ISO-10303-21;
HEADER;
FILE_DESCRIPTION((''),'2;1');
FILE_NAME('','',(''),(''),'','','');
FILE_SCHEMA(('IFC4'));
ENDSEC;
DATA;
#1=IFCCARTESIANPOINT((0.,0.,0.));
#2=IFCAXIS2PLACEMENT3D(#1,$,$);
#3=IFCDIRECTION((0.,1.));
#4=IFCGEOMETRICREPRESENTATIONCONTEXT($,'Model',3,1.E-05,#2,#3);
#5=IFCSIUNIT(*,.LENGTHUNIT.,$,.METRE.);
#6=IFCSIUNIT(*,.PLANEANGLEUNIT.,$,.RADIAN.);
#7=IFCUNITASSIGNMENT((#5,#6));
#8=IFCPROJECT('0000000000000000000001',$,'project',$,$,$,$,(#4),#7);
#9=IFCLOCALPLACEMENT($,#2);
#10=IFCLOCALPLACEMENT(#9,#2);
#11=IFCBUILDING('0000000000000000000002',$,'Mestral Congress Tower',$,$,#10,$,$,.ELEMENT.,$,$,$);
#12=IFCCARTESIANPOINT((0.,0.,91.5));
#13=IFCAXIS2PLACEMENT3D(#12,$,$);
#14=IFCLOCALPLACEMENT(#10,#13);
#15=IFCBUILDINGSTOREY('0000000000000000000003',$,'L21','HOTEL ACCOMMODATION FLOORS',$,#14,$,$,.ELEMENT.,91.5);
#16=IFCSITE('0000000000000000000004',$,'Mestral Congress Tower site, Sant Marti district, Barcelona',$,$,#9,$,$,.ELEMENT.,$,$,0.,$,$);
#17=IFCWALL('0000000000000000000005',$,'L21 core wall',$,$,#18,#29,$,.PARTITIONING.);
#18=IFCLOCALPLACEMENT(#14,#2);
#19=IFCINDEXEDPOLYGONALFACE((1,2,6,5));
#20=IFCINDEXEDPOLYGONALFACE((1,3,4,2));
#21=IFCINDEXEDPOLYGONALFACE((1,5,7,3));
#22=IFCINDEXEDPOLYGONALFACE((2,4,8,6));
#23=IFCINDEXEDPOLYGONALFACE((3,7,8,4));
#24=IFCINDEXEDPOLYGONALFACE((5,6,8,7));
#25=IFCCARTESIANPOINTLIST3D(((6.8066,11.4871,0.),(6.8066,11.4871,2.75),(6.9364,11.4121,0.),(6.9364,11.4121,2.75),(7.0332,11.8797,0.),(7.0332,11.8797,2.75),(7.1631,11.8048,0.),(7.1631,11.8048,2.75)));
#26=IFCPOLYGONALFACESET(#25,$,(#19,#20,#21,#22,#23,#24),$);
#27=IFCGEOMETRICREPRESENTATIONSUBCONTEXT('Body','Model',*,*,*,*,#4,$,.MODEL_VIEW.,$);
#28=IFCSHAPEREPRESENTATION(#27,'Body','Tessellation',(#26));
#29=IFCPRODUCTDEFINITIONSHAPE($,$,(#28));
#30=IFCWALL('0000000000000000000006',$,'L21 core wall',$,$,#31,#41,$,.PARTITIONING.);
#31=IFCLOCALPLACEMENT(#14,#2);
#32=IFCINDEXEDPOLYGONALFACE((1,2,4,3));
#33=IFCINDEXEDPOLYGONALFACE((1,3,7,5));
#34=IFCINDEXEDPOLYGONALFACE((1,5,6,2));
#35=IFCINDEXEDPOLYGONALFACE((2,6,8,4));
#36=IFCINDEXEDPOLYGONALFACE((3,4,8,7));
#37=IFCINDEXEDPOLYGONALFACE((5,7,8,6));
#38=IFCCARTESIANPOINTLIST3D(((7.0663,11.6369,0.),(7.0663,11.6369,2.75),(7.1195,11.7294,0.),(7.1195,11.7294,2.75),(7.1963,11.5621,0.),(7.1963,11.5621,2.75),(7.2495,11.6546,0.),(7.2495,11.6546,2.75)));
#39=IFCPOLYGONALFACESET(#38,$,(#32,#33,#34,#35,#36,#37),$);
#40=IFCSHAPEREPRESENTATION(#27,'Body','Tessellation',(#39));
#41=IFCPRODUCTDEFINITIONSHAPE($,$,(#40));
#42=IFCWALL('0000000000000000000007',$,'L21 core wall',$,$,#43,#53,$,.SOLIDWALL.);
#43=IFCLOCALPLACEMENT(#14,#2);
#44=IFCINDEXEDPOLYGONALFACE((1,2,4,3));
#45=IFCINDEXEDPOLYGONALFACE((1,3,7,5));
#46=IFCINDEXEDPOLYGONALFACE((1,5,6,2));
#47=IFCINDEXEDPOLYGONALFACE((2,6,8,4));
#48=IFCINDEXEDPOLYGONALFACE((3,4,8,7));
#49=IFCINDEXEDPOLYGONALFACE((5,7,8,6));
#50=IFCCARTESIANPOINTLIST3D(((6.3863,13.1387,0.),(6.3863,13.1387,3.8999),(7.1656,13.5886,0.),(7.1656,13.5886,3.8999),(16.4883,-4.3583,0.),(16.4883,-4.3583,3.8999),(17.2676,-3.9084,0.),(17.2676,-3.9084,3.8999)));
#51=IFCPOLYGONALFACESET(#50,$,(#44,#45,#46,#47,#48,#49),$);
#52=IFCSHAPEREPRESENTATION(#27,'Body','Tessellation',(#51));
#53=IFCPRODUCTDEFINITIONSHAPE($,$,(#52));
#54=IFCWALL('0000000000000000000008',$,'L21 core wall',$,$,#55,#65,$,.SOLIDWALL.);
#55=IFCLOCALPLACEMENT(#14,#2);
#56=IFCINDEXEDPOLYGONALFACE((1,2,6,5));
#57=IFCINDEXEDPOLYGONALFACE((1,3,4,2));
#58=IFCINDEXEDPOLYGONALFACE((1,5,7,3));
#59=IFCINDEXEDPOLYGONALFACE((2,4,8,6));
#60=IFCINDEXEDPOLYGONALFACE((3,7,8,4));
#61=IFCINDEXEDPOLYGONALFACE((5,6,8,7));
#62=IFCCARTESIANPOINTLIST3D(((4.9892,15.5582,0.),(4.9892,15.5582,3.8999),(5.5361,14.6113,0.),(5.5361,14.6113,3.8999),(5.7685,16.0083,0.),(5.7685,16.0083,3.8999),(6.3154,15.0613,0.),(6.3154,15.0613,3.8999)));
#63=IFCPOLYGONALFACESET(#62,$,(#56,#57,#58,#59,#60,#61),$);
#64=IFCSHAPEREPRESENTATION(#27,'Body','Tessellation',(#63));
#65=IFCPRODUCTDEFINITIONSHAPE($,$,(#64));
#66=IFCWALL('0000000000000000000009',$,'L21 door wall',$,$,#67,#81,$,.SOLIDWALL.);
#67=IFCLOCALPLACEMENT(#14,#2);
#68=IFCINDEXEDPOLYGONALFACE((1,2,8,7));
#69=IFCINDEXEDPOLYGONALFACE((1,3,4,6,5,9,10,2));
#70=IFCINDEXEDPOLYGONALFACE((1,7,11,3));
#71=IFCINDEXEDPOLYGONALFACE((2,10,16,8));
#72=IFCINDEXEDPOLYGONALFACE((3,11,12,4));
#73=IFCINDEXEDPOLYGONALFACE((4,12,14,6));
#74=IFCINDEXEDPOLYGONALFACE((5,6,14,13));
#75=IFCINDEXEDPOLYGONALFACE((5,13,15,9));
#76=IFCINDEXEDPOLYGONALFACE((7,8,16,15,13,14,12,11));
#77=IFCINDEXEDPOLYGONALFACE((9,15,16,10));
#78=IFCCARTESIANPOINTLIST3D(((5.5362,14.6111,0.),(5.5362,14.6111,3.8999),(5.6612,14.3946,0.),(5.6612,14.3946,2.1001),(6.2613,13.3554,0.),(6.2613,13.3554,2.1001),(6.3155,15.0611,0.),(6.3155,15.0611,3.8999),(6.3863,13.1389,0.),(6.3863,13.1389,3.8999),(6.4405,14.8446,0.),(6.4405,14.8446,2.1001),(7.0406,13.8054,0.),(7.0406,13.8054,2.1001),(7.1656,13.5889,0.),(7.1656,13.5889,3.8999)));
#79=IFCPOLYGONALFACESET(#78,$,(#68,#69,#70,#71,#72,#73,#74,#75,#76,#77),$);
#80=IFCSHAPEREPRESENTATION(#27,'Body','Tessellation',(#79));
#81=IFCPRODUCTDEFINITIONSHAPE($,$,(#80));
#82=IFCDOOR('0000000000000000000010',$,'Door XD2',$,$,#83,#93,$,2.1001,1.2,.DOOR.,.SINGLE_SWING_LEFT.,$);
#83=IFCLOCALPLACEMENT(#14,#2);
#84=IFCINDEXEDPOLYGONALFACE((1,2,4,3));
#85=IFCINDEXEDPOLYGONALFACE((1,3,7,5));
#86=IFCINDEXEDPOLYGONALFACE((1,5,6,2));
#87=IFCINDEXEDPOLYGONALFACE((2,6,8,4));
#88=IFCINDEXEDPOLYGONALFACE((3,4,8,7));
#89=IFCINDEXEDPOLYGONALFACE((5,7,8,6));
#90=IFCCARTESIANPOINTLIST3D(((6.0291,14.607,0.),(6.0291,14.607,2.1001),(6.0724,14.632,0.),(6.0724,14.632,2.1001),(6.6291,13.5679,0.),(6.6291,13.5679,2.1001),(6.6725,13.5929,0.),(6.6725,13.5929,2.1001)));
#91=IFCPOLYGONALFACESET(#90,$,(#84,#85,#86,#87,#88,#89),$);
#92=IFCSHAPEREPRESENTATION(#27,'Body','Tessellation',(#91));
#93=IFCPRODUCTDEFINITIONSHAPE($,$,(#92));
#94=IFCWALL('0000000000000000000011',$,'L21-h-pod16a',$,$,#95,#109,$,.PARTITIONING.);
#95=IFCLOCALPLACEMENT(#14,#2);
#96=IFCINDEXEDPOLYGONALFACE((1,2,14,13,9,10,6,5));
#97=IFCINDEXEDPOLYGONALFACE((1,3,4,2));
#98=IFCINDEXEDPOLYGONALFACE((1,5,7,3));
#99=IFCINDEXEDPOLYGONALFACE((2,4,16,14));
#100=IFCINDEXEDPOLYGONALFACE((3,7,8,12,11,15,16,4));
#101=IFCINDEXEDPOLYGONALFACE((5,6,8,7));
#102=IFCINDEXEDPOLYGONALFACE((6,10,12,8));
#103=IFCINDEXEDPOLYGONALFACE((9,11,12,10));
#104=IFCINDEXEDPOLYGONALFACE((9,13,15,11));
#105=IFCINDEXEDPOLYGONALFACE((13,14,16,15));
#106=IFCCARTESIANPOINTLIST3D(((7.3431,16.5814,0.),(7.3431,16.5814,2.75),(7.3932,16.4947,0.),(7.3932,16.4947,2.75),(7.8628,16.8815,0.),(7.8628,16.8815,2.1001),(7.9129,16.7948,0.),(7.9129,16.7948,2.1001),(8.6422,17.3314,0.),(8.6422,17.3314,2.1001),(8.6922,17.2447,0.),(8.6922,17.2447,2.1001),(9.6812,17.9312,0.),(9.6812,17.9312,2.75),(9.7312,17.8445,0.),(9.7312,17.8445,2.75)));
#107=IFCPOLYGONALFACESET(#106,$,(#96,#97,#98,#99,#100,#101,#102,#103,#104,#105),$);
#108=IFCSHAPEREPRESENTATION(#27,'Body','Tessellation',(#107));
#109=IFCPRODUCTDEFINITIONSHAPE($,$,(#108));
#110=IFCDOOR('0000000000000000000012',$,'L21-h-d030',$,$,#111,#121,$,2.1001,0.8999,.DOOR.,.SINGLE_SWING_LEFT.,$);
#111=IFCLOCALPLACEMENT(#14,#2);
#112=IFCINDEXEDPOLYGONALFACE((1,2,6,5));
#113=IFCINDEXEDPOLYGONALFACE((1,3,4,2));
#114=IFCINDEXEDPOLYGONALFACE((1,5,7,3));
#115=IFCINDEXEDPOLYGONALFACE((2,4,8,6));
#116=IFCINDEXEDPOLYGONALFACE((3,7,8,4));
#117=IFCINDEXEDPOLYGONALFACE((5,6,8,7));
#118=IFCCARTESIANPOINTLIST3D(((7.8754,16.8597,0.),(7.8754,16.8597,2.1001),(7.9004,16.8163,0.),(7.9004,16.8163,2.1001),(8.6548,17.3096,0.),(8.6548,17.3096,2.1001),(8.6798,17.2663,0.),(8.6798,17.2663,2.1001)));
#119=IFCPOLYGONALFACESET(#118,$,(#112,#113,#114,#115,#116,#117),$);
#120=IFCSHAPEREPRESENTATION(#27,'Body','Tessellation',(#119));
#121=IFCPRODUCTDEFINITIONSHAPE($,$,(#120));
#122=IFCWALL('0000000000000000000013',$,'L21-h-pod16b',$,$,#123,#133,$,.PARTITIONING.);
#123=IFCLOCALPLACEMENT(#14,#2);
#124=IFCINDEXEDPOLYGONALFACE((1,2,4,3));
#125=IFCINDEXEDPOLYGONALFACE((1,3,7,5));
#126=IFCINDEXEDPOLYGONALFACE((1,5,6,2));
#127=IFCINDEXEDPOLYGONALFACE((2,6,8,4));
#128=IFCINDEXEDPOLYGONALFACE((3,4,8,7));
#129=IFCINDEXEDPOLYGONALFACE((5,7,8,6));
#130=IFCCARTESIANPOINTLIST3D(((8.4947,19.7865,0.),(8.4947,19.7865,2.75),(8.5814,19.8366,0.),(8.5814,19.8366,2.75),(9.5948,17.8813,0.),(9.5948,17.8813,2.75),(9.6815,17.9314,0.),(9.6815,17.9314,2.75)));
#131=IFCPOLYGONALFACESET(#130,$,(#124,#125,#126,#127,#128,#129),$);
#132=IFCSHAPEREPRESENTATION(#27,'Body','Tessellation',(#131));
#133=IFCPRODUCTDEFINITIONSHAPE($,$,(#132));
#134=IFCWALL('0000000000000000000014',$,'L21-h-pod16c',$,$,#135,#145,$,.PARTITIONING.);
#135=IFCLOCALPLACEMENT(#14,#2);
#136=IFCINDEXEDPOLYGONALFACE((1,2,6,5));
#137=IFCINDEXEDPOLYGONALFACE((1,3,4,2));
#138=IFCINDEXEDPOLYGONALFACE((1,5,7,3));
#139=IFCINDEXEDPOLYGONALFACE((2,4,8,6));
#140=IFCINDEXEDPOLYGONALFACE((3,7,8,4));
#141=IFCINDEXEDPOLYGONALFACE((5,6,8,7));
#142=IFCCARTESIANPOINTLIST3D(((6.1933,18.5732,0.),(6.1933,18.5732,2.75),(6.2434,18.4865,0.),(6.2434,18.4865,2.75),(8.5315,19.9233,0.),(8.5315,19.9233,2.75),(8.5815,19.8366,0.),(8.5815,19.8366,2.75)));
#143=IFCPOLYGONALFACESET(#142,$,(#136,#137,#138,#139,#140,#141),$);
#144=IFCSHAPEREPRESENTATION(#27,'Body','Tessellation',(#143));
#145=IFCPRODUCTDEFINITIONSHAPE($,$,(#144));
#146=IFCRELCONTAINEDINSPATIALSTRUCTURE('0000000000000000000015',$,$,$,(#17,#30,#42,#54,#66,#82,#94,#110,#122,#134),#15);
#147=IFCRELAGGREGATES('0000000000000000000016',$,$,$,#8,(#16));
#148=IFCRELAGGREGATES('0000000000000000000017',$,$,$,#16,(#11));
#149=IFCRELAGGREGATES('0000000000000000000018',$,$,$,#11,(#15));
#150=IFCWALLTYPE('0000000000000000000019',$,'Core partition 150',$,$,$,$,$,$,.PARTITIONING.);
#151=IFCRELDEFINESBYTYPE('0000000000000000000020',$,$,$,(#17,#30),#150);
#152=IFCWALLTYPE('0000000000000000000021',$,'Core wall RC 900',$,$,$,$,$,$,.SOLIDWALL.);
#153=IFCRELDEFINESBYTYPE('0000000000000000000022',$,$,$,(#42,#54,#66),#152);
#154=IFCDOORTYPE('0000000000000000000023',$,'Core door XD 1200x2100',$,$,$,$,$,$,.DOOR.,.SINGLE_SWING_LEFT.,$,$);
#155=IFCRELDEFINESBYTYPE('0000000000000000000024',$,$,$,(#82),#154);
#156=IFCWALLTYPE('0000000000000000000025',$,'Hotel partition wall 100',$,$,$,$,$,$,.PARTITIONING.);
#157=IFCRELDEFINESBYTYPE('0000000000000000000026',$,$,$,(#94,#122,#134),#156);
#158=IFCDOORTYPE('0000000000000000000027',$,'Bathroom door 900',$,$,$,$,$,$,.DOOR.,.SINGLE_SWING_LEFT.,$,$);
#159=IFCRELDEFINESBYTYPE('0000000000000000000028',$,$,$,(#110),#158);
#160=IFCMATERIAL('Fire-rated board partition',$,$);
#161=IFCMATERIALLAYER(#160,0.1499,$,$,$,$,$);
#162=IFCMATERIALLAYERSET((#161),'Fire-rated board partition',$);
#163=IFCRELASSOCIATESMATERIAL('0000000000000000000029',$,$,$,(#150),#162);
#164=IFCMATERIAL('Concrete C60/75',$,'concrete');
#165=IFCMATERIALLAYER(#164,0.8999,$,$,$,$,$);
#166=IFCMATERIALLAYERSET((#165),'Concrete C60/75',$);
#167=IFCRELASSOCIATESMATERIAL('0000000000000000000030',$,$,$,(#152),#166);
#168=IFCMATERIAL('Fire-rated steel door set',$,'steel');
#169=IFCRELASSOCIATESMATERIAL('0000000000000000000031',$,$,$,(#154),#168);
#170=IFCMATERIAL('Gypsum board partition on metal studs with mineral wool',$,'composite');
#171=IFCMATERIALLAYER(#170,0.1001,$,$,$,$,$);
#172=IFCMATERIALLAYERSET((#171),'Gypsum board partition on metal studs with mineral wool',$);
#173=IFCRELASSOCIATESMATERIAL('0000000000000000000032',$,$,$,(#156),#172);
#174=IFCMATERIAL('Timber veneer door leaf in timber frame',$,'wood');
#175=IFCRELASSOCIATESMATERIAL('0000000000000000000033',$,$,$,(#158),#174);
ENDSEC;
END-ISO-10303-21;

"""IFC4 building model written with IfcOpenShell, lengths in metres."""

from ifc_helpers import new_model, si_unit, direction, frame, frame_2d, origin, place, context, subcontext, project, spatial, rectangle, extrude, material, layer, layer_set, type_object, element, fill, save


model = new_model("IFC4")

# Units and contexts
model_context = context("Model", 3, precision=1e-05, world=origin(), true_north=direction((0.0, 1.0)))
body_context = subcontext(model_context, "Body", "Model", "MODEL_VIEW")
ifc_project = project(units=[si_unit("LENGTHUNIT", "METRE"), si_unit("PLANEANGLEUNIT", "RADIAN")], contexts=[model_context])

# Site, building, storey
site_placement = place(None, origin())
site = spatial("IfcSite", under=ifc_project, at=site_placement, Name="Mestral Congress Tower site, Sant Marti district, Barcelona", CompositionType="ELEMENT", RefElevation=0.0)
building_placement = place(site_placement, origin())
building = spatial("IfcBuilding", under=site, at=building_placement, Name="Mestral Congress Tower", CompositionType="ELEMENT")
storey_placement = place(building_placement, frame((0.0, 0.0, 91.5)))
storey = spatial("IfcBuildingStorey", under=building, at=storey_placement, Name="L21", Description="HOTEL ACCOMMODATION FLOORS", CompositionType="ELEMENT", Elevation=91.5)

# Walls
ifc_material_1 = material(Name="Fire-rated board partition")
ifc_layer_1 = layer(ifc_material_1, 0.1499)
ifc_layer_set_1 = layer_set([ifc_layer_1], Name="Fire-rated board partition")
wall_type_1 = type_object("IfcWallType", Name="Core partition 150", PredefinedType="PARTITIONING", material=ifc_layer_set_1)
wall_1_placement = place(storey_placement, frame((6.8716, 11.4497, 0.0), z_axis=(0.0, 0.0, 1.0), x_axis=(0.499847, 0.866114, 0.0)))
element("IfcWall", 1, at=wall_1_placement, inside=storey, type_object=wall_type_1, Name="L21 core wall", PredefinedType="PARTITIONING", context=body_context, shape_type="SweptSolid", body=[
    extrude(rectangle(XDim=0.4534, YDim=0.1499, at=frame_2d((0.2266, 0.0))), origin(), (0.0, 0.0, 1.0), 2.75),
])
wall_2_placement = place(storey_placement, frame((7.1313, 11.5996, 0.0), z_axis=(0.0, 0.0, 1.0), x_axis=(0.4986, 0.866832, 0.0)))
element("IfcWall", 2, at=wall_2_placement, inside=storey, type_object=wall_type_1, Name="L21 core wall", PredefinedType="PARTITIONING", context=body_context, shape_type="SweptSolid", body=[
    extrude(rectangle(XDim=0.1067, YDim=0.1499, at=frame_2d((0.0532, 0.0))), origin(), (0.0, 0.0, 1.0), 2.75),
])
ifc_material_2 = material(Name="Concrete C60/75", Category="concrete")
ifc_layer_2 = layer(ifc_material_2, 0.8999)
ifc_layer_set_2 = layer_set([ifc_layer_2], Name="Concrete C60/75")
wall_type_2 = type_object("IfcWallType", Name="Core wall RC 900", PredefinedType="SOLIDWALL", material=ifc_layer_set_2)
wall_3_placement = place(storey_placement, frame((6.7759, 13.3638, 0.0), z_axis=(0.0, 0.0, 1.0), x_axis=(0.500004, -0.866023, 0.0)))
element("IfcWall", 3, at=wall_3_placement, inside=storey, type_object=wall_type_2, Name="L21 core wall", PredefinedType="SOLIDWALL", context=body_context, shape_type="SweptSolid", body=[
    extrude(rectangle(XDim=20.2039, YDim=0.8999, at=frame_2d((10.1021, 0.0))), origin(), (0.0, 0.0, 1.0), 3.8999),
])
wall_4_placement = place(storey_placement, frame((5.9258, 14.8362, 0.0), z_axis=(0.0, 0.0, 1.0), x_axis=(-0.500077, 0.865981, 0.0)))
element("IfcWall", 4, at=wall_4_placement, inside=storey, type_object=wall_type_2, Name="L21 core wall", PredefinedType="SOLIDWALL", context=body_context, shape_type="SweptSolid", body=[
    extrude(rectangle(XDim=1.0935, YDim=0.8999, at=frame_2d((0.5469, 0.0))), origin(), (0.0, 0.0, 1.0), 3.8999),
])

# Walls, openings, doors
wall_5_placement = place(storey_placement, frame((5.9258, 14.8362, 0.0), z_axis=(0.0, 0.0, 1.0), x_axis=(0.500062, -0.865989, 0.0)))
wall_5 = element("IfcWall", 5, at=wall_5_placement, inside=storey, type_object=wall_type_2, Name="L21 door wall", PredefinedType="SOLIDWALL", context=body_context, shape_type="SweptSolid", body=[
    extrude(rectangle(XDim=1.7, YDim=0.8999, at=frame_2d((0.8501, 0.0))), origin(), (0.0, 0.0, 1.0), 3.8999),
])
opening_1_placement = place(wall_5_placement, frame((0.25, 0.0, 0.0)))
opening_1 = element("IfcOpeningElement", 6, at=opening_1_placement, cuts=wall_5, PredefinedType="OPENING", context=body_context, shape_type="SweptSolid", body=[
    extrude(rectangle(XDim=1.2, YDim=2.1001, at=frame_2d((0.6001, 1.05))), frame((0.0, 0.46, 0.0), z_axis=(0.0, -1.0, 0.0), x_axis=(1.0, 0.0, 0.0)), (0.0, 0.0, 1.0), 0.9199),
])
ifc_material_3 = material(Name="Fire-rated steel door set", Category="steel")
door_type_1 = type_object("IfcDoorType", Name="Core door XD 1200x2100", OperationType="SINGLE_SWING_LEFT", PredefinedType="DOOR", material=ifc_material_3)
door_1_placement = place(opening_1_placement, origin())
door_1 = element("IfcDoor", 7, at=door_1_placement, inside=storey, type_object=door_type_1, Name="Door XD2", OperationType="SINGLE_SWING_LEFT", OverallHeight=2.1001, OverallWidth=1.2, PredefinedType="DOOR", context=body_context, shape_type="SweptSolid", body=[
    extrude(rectangle(XDim=1.2, YDim=2.1001, at=frame_2d((0.6001, 1.05))), frame((0.0, 0.0249, 0.0), z_axis=(0.0, -1.0, 0.0), x_axis=(1.0, 0.0, 0.0)), (0.0, 0.0, 1.0), 0.05),
])
fill(opening_1, door_1)
ifc_material_4 = material(Name="Gypsum board partition on metal studs with mineral wool", Category="composite")
ifc_layer_3 = layer(ifc_material_4, 0.1001)
ifc_layer_set_3 = layer_set([ifc_layer_3], Name="Gypsum board partition on metal studs with mineral wool")
wall_type_3 = type_object("IfcWallType", Name="Hotel partition wall 100", PredefinedType="PARTITIONING", material=ifc_layer_set_3)
wall_6_placement = place(storey_placement, frame((7.3682, 16.5381, 0.0), z_axis=(0.0, 0.0, 1.0), x_axis=(0.866037, 0.499981, 0.0)))
wall_6 = element("IfcWall", 8, at=wall_6_placement, inside=storey, type_object=wall_type_3, Name="L21-h-pod16a", PredefinedType="PARTITIONING", context=body_context, shape_type="SweptSolid", body=[
    extrude(rectangle(XDim=2.6997, YDim=0.1001, at=frame_2d((1.3499, 0.0))), origin(), (0.0, 0.0, 1.0), 2.75),
])
opening_2_placement = place(wall_6_placement, frame((0.6001, 0.0, 0.0)))
opening_2 = element("IfcOpeningElement", 9, at=opening_2_placement, cuts=wall_6, PredefinedType="OPENING", context=body_context, shape_type="SweptSolid", body=[
    extrude(rectangle(XDim=0.8999, YDim=2.1001, at=frame_2d((0.45, 1.05))), frame((0.0, 0.0601, 0.0), z_axis=(0.0, -1.0, 0.0), x_axis=(1.0, 0.0, 0.0)), (0.0, 0.0, 1.0), 0.1201),
])
ifc_material_5 = material(Name="Timber veneer door leaf in timber frame", Category="wood")
door_type_2 = type_object("IfcDoorType", Name="Bathroom door 900", OperationType="SINGLE_SWING_LEFT", PredefinedType="DOOR", material=ifc_material_5)
door_2_placement = place(opening_2_placement, origin())
door_2 = element("IfcDoor", 10, at=door_2_placement, inside=storey, type_object=door_type_2, Name="L21-h-d030", OperationType="SINGLE_SWING_LEFT", OverallHeight=2.1001, OverallWidth=0.8999, PredefinedType="DOOR", context=body_context, shape_type="SweptSolid", body=[
    extrude(rectangle(XDim=0.8999, YDim=2.1001, at=frame_2d((0.45, 1.05))), frame((0.0, 0.0249, 0.0), z_axis=(0.0, -1.0, 0.0), x_axis=(1.0, 0.0, 0.0)), (0.0, 0.0, 1.0), 0.05),
])
fill(opening_2, door_2)

# Walls
wall_7_placement = place(storey_placement, frame((9.6382, 17.9062, 0.0), z_axis=(0.0, 0.0, 1.0), x_axis=(-0.50003, 0.866008, 0.0)))
element("IfcWall", 11, at=wall_7_placement, inside=storey, type_object=wall_type_3, Name="L21-h-pod16b", PredefinedType="PARTITIONING", context=body_context, shape_type="SweptSolid", body=[
    extrude(rectangle(XDim=2.2, YDim=0.1001, at=frame_2d((1.1001, 0.0))), origin(), (0.0, 0.0, 1.0), 2.75),
])
wall_8_placement = place(storey_placement, frame((6.2183, 18.5298, 0.0), z_axis=(0.0, 0.0, 1.0), x_axis=(0.865997, 0.500049, 0.0)))
element("IfcWall", 12, at=wall_8_placement, inside=storey, type_object=wall_type_3, Name="L21-h-pod16c", PredefinedType="PARTITIONING", context=body_context, shape_type="SweptSolid", body=[
    extrude(rectangle(XDim=2.7, YDim=0.1001, at=frame_2d((1.3501, 0.0))), origin(), (0.0, 0.0, 1.0), 2.75),
])

save(model, "model.ifc")
